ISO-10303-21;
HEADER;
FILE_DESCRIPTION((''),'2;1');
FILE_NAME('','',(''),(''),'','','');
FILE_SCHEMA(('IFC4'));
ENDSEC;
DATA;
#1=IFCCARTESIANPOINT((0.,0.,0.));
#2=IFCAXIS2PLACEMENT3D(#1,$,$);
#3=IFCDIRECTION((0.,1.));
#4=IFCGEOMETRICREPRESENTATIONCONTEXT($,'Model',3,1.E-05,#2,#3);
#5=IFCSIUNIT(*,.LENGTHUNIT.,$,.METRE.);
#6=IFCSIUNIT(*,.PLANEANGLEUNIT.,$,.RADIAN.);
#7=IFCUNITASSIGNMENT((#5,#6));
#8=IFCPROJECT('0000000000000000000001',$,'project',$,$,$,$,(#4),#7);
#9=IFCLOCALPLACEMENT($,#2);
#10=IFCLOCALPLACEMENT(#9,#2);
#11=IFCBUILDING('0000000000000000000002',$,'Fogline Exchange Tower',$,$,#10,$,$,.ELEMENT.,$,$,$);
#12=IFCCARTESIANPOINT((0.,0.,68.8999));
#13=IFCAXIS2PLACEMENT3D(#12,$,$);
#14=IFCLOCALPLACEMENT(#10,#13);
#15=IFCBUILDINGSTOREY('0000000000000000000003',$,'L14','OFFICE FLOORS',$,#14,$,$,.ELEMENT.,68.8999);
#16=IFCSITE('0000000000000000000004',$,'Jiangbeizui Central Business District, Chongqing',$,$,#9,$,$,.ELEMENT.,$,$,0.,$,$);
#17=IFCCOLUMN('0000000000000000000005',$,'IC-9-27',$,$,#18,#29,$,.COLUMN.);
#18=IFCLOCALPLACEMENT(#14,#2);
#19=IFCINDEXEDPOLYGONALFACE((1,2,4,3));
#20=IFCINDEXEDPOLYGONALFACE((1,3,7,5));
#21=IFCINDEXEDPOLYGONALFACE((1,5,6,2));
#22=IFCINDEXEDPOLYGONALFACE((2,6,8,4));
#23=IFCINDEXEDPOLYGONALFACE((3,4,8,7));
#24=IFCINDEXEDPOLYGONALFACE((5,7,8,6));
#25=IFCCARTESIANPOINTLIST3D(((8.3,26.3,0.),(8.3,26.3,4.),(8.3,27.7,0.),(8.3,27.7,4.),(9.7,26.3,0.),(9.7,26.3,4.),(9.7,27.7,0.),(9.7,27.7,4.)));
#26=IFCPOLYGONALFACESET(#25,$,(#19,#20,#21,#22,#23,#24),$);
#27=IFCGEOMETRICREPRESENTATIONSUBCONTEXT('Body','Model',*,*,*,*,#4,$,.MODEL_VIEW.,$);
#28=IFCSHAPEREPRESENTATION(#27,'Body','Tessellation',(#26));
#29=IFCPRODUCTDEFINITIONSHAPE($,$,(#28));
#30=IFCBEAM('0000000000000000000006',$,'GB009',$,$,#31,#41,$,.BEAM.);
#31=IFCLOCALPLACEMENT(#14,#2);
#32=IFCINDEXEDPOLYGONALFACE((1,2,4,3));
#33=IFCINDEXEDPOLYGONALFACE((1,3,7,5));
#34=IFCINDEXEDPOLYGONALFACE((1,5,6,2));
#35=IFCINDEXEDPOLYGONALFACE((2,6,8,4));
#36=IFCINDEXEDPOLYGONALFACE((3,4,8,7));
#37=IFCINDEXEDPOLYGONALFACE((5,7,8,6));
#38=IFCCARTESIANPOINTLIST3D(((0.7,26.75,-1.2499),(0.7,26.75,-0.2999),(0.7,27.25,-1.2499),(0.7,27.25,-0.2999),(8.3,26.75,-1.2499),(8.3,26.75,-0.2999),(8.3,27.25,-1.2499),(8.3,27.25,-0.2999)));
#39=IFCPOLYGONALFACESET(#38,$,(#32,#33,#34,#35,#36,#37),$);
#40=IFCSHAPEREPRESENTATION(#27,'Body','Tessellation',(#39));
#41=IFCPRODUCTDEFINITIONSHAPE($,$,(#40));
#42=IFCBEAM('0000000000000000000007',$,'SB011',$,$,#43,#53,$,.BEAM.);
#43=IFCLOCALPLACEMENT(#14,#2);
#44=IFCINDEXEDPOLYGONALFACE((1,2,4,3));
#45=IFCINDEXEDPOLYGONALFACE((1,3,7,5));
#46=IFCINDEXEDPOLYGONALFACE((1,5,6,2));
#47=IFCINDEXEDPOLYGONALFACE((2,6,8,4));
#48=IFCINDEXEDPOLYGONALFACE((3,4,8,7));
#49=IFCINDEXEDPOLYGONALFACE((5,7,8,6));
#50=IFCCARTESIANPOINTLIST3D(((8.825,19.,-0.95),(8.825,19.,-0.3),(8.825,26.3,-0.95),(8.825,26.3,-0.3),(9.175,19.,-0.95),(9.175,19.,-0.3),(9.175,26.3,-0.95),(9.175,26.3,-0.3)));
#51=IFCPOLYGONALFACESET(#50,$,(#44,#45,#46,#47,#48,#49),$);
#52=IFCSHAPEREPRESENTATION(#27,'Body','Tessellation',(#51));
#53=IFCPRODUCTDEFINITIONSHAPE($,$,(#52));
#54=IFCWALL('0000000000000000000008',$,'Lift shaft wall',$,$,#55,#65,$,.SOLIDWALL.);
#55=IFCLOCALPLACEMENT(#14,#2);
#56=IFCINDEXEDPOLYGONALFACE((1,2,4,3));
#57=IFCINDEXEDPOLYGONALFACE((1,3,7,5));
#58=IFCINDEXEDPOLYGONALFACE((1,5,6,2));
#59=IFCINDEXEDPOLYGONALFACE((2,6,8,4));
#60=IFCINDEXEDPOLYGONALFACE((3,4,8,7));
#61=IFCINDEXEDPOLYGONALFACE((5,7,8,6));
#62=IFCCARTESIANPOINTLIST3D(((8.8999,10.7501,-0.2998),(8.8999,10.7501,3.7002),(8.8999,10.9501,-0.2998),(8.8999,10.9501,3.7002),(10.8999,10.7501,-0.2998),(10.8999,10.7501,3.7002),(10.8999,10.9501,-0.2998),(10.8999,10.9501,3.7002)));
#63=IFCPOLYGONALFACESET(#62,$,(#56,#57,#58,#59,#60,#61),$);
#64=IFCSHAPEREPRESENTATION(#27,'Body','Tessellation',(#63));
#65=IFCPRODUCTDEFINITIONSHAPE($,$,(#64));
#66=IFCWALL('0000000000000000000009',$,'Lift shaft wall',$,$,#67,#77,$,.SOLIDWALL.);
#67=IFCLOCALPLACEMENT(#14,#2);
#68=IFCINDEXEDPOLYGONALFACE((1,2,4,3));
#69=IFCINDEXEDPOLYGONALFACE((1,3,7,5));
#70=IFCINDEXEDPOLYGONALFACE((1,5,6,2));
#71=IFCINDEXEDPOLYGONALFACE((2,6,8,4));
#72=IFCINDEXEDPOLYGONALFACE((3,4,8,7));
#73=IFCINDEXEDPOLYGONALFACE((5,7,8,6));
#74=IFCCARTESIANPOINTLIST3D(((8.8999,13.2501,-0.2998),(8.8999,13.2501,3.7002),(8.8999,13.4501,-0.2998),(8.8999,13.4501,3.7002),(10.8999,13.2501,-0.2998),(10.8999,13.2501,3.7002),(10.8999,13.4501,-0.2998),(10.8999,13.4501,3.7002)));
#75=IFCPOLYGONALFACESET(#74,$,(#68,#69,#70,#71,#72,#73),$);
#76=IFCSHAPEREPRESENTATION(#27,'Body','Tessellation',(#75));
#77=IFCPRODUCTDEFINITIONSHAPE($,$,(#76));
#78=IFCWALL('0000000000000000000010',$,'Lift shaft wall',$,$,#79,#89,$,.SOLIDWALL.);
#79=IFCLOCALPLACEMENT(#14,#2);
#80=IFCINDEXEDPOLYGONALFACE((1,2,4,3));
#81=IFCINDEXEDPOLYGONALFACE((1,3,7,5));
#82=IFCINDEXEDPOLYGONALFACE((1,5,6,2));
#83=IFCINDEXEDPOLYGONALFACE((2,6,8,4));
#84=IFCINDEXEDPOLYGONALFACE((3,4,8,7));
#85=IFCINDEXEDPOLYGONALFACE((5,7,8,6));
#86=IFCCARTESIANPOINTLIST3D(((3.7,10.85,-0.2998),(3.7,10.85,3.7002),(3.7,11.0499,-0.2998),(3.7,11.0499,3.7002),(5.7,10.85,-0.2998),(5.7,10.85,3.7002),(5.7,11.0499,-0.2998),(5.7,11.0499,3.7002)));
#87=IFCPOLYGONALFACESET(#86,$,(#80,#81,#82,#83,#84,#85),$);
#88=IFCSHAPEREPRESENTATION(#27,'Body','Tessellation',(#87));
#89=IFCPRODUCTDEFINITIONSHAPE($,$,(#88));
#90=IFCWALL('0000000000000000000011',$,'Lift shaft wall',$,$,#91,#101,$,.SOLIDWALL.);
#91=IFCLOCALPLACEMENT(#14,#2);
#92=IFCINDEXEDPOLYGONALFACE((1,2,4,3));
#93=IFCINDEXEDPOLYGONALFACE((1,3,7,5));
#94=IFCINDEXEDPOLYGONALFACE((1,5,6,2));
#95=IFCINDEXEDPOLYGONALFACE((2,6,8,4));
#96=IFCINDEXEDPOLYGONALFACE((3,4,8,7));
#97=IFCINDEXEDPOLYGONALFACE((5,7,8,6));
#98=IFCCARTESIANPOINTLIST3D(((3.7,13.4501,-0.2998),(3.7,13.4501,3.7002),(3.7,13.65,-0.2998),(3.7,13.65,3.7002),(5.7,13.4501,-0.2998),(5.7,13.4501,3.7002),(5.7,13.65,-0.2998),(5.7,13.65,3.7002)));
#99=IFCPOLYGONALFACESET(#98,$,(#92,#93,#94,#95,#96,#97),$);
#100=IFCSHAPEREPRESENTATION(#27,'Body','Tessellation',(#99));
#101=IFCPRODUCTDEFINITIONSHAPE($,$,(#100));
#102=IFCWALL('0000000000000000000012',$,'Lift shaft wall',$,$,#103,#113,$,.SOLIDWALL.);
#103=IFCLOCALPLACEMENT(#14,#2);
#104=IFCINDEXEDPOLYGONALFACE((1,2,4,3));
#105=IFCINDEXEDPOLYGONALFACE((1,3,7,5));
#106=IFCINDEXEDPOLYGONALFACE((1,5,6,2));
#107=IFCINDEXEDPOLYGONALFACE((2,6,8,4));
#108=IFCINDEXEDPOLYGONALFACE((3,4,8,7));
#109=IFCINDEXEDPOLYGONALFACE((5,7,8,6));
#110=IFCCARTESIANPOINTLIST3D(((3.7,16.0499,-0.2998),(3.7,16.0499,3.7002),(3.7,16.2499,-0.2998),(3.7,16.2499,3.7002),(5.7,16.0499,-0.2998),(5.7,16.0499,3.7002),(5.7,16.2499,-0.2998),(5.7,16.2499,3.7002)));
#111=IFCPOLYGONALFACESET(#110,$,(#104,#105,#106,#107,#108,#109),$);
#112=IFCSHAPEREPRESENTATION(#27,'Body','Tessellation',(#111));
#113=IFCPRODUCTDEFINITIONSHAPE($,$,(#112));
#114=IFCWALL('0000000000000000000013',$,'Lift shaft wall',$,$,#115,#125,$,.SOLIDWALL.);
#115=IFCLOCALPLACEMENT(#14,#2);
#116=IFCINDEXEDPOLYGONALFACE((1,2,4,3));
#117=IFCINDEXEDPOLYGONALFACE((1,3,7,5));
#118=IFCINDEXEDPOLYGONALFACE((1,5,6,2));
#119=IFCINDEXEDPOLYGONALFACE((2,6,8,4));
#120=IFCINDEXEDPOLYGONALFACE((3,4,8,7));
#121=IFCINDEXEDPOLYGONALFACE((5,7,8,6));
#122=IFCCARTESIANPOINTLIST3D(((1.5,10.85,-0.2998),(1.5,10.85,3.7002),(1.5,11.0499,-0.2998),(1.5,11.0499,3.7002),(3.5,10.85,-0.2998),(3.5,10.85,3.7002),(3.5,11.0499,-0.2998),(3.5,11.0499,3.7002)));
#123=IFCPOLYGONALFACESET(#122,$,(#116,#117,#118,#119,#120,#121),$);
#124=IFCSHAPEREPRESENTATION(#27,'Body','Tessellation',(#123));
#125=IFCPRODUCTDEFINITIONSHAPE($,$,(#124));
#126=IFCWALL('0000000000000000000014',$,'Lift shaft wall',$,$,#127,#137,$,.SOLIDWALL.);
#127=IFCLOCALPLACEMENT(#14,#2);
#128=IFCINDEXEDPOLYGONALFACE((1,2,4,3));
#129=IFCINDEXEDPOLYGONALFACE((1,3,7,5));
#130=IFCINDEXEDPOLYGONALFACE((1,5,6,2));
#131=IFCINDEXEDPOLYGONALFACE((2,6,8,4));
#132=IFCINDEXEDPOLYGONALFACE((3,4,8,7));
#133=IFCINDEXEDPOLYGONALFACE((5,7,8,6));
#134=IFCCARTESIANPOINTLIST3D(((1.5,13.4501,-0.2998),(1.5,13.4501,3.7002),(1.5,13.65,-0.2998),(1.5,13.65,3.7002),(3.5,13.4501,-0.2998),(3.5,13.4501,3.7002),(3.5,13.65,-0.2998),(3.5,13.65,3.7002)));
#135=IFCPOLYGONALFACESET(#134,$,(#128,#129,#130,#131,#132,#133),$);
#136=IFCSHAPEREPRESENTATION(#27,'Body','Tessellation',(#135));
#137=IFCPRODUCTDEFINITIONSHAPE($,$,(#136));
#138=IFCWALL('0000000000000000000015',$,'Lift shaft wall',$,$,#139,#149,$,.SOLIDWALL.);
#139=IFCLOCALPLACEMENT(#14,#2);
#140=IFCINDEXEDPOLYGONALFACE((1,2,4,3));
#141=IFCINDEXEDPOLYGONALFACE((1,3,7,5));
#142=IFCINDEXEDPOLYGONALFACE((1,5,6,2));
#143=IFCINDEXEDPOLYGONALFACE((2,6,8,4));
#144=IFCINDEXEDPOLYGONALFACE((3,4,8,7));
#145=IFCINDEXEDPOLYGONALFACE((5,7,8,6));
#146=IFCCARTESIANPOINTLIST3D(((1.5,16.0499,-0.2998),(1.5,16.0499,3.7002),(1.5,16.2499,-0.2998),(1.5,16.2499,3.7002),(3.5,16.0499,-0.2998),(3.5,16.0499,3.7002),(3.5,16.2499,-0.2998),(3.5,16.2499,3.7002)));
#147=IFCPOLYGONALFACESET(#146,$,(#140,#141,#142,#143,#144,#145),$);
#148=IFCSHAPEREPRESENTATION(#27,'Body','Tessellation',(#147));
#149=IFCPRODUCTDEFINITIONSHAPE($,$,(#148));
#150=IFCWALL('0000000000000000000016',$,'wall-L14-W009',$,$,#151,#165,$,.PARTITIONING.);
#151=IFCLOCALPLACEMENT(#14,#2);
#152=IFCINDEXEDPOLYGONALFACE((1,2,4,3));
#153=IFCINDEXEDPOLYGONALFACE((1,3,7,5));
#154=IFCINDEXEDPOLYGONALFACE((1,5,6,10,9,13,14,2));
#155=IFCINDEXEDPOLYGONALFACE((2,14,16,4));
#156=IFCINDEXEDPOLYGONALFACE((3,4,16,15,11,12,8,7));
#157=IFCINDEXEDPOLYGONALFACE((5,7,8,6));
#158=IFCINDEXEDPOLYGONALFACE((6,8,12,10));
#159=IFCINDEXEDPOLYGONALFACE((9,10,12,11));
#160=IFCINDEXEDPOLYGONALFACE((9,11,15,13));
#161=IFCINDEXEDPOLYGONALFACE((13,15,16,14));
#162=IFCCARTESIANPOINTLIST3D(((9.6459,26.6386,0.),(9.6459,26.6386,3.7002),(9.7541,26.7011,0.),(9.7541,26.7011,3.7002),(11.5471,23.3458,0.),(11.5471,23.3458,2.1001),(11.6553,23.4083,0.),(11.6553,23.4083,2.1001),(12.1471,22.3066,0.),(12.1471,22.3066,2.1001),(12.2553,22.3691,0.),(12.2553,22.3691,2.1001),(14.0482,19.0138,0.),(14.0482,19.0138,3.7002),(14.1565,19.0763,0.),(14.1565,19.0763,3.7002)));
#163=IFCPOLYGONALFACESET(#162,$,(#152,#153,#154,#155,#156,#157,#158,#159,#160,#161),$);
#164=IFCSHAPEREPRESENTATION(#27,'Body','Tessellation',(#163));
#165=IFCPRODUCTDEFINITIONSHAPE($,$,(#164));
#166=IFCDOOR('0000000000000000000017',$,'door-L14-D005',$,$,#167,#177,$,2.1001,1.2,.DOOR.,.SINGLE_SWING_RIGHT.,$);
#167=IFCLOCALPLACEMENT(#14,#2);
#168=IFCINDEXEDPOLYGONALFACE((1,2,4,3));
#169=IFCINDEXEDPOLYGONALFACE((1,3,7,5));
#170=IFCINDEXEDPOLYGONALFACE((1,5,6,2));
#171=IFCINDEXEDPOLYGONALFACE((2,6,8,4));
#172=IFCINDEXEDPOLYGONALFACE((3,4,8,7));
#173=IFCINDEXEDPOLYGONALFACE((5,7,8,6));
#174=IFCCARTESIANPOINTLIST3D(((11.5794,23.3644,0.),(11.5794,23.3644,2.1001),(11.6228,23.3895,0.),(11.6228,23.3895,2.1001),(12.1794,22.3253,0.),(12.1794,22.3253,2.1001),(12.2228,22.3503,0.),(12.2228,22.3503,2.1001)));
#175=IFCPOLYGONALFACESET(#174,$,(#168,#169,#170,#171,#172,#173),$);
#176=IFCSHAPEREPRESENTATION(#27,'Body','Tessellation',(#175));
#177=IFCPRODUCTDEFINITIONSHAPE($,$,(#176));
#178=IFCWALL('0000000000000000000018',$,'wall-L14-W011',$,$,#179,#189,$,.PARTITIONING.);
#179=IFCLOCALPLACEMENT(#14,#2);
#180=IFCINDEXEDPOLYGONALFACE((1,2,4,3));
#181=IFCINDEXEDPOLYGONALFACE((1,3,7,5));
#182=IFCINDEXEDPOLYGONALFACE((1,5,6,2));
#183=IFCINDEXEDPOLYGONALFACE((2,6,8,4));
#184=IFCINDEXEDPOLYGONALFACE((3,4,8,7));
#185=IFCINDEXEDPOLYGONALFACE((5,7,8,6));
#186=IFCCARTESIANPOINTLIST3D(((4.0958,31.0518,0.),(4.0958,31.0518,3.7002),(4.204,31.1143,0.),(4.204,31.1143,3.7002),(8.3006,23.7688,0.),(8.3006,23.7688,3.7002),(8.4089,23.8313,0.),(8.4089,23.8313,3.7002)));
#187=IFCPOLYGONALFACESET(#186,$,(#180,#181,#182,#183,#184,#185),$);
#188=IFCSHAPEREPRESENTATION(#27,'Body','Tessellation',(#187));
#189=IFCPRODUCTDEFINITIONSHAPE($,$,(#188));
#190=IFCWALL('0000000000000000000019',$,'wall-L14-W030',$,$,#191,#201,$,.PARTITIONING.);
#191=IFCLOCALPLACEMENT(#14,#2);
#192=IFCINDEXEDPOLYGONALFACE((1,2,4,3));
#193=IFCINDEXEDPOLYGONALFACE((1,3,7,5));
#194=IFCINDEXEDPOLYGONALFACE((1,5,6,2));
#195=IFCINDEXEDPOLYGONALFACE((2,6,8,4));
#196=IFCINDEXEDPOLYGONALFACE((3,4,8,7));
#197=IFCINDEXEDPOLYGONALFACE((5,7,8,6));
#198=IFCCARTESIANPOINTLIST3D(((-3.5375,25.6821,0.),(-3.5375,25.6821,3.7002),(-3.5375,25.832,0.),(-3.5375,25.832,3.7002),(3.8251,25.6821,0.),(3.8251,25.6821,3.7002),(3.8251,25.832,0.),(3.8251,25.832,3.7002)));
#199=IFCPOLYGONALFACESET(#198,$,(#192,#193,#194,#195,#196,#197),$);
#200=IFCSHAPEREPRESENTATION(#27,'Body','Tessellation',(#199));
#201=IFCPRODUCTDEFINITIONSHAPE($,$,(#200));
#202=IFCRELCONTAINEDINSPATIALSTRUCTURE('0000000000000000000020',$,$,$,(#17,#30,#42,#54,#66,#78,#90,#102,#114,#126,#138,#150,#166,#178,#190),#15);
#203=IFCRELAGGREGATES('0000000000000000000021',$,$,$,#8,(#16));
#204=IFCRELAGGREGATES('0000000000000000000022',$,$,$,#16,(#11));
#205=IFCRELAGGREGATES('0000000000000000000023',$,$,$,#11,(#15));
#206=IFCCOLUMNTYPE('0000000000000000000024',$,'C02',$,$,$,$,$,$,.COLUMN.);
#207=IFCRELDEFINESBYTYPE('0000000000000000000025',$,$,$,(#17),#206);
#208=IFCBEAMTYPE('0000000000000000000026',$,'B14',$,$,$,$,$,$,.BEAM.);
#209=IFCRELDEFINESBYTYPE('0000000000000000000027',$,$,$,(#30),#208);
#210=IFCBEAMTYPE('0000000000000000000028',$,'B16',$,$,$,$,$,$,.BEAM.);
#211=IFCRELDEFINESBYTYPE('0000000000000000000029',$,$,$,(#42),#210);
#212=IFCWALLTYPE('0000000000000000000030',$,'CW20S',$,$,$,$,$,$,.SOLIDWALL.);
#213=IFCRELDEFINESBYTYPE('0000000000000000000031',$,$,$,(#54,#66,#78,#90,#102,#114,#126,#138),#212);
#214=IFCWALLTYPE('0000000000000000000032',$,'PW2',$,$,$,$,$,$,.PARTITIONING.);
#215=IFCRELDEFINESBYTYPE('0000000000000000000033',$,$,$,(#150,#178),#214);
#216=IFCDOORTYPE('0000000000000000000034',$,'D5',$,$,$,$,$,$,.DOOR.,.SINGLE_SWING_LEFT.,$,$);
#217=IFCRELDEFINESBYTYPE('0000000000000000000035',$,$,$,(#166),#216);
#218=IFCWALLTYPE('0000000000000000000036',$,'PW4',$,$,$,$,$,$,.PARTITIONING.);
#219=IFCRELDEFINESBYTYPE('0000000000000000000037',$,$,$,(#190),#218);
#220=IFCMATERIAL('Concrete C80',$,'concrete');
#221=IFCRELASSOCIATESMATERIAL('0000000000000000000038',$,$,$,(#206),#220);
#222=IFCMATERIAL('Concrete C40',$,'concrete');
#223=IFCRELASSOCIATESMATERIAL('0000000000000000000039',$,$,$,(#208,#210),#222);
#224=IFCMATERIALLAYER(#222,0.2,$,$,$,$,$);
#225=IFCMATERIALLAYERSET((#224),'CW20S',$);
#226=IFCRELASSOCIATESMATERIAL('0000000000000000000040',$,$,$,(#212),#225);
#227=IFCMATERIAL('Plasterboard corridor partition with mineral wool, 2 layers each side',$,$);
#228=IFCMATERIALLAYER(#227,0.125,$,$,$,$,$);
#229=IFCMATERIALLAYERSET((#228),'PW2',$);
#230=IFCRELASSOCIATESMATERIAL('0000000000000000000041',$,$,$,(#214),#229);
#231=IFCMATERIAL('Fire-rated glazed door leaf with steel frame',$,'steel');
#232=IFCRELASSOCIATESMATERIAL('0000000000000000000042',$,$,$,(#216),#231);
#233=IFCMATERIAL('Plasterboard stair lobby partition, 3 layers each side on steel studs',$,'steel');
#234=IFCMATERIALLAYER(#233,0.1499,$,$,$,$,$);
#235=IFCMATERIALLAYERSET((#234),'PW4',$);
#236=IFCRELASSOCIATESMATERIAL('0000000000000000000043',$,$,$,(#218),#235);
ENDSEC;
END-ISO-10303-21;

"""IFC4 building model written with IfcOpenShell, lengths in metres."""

from ifc_helpers import new_model, si_unit, direction, frame, frame_2d, origin, origin_2d, place, context, subcontext, project, spatial, rectangle, extrude, material, layer, layer_set, material_profile, profile_set, type_object, element, fill, save


model = new_model("IFC4")

# Units and contexts
model_context = context("Model", 3, precision=1e-05, world=origin(), true_north=direction((0.0, 1.0)))
body_context = subcontext(model_context, "Body", "Model", "MODEL_VIEW")
ifc_project = project(units=[si_unit("LENGTHUNIT", "METRE"), si_unit("PLANEANGLEUNIT", "RADIAN")], contexts=[model_context])

# Site, building, storey
site_placement = place(None, origin())
site = spatial("IfcSite", under=ifc_project, at=site_placement, Name="Jiangbeizui Central Business District, Chongqing", CompositionType="ELEMENT", RefElevation=0.0)
building_placement = place(site_placement, origin())
building = spatial("IfcBuilding", under=site, at=building_placement, Name="Fogline Exchange Tower", CompositionType="ELEMENT")
storey_placement = place(building_placement, frame((0.0, 0.0, 68.8999)))
storey = spatial("IfcBuildingStorey", under=building, at=storey_placement, Name="L14", Description="OFFICE FLOORS", CompositionType="ELEMENT", Elevation=68.8999)

# Column
ifc_material_1 = material(Name="Concrete C80", Category="concrete")
ifc_material_profile_1 = material_profile(ifc_material_1, rectangle(XDim=1.3999, YDim=1.3999, at=origin_2d()), Name="RC 1400x1400")
ifc_profile_set_1 = profile_set([ifc_material_profile_1], Name="Concrete C80")
column_type = type_object("IfcColumnType", Name="C02", PredefinedType="COLUMN", material=ifc_profile_set_1)
column_placement = place(storey_placement, frame((9.0, 27.0, 0.0), z_axis=(0.0, 0.0, 1.0), x_axis=(1.0, 0.0, 0.0)))
element("IfcColumn", 1, at=column_placement, inside=storey, type_object=column_type, Name="IC-9-27", PredefinedType="COLUMN", context=body_context, shape_type="SweptSolid", body=[
    extrude(rectangle(XDim=1.3999, YDim=1.3999, at=origin_2d()), origin(), (0.0, 0.0, 1.0), 4.0),
])

# Beams
ifc_material_2 = material(Name="Concrete C40", Category="concrete")
ifc_material_profile_2 = material_profile(ifc_material_2, rectangle(XDim=0.5, YDim=0.95, at=origin_2d()), Name="RC 500x950")
ifc_profile_set_2 = profile_set([ifc_material_profile_2], Name="Concrete C40")
beam_type_1 = type_object("IfcBeamType", Name="B14", PredefinedType="BEAM", material=ifc_profile_set_2)
beam_1_placement = place(storey_placement, frame((0.7, 27.0, -0.7749), z_axis=(1.0, 0.0, 0.0), x_axis=(0.0, 1.0, 0.0)))
element("IfcBeam", 2, at=beam_1_placement, inside=storey, type_object=beam_type_1, Name="GB009", PredefinedType="BEAM", context=body_context, shape_type="SweptSolid", body=[
    extrude(rectangle(XDim=0.5, YDim=0.95, at=origin_2d()), origin(), (0.0, 0.0, 1.0), 7.6001),
])
ifc_material_profile_3 = material_profile(ifc_material_2, rectangle(XDim=0.3501, YDim=0.6499, at=origin_2d()), Name="RC 350x650")
ifc_profile_set_3 = profile_set([ifc_material_profile_3], Name="Concrete C40")
beam_type_2 = type_object("IfcBeamType", Name="B16", PredefinedType="BEAM", material=ifc_profile_set_3)
beam_2_placement = place(storey_placement, frame((9.0, 19.0, -0.625), z_axis=(0.0, 1.0, 0.0), x_axis=(-1.0, 0.0, 0.0)))
element("IfcBeam", 3, at=beam_2_placement, inside=storey, type_object=beam_type_2, Name="SB011", PredefinedType="BEAM", context=body_context, shape_type="SweptSolid", body=[
    extrude(rectangle(XDim=0.3501, YDim=0.6499, at=origin_2d()), origin(), (0.0, 0.0, 1.0), 7.3),
])

# Walls
ifc_layer_1 = layer(ifc_material_2, 0.2)
ifc_layer_set_1 = layer_set([ifc_layer_1], Name="CW20S")
wall_type_1 = type_object("IfcWallType", Name="CW20S", PredefinedType="SOLIDWALL", material=ifc_layer_set_1)
for number, where, z_axis, x_axis, name in (
    (4, (8.8999, 10.8501, -0.2998), (0.0, 0.0, 1.0), (1.0, 0.0, 0.0), "Lift shaft wall"),
    (5, (8.8999, 13.3501, -0.2998), (0.0, 0.0, 1.0), (1.0, 0.0, 0.0), "Lift shaft wall"),
    (6, (3.7, 10.95, -0.2998), (0.0, 0.0, 1.0), (1.0, 0.0, 0.0), "Lift shaft wall"),
    (7, (3.7, 13.55, -0.2998), (0.0, 0.0, 1.0), (1.0, 0.0, 0.0), "Lift shaft wall"),
    (8, (3.7, 16.1499, -0.2998), (0.0, 0.0, 1.0), (1.0, 0.0, 0.0), "Lift shaft wall"),
    (9, (1.5, 10.95, -0.2998), (0.0, 0.0, 1.0), (1.0, 0.0, 0.0), "Lift shaft wall"),
    (10, (1.5, 13.55, -0.2998), (0.0, 0.0, 1.0), (1.0, 0.0, 0.0), "Lift shaft wall"),
    (11, (1.5, 16.1499, -0.2998), (0.0, 0.0, 1.0), (1.0, 0.0, 0.0), "Lift shaft wall"),
):
    element("IfcWall", number, at=place(storey_placement, frame(where, z_axis=z_axis, x_axis=x_axis)), inside=storey, type_object=wall_type_1, Name=name, PredefinedType="SOLIDWALL", context=body_context, shape_type="SweptSolid", body=[
        extrude(rectangle(XDim=2.0, YDim=0.2, at=frame_2d((1.0, 0.0))), origin(), (0.0, 0.0, 1.0), 4.0),
    ])

# Wall, opening, door
ifc_material_3 = material(Name="Plasterboard corridor partition with mineral wool, 2 layers each side")
ifc_layer_2 = layer(ifc_material_3, 0.125)
ifc_layer_set_2 = layer_set([ifc_layer_2], Name="PW2")
wall_type_2 = type_object("IfcWallType", Name="PW2", PredefinedType="PARTITIONING", material=ifc_layer_set_2)
wall_1_placement = place(storey_placement, frame((9.7, 26.6699, 0.0), z_axis=(0.0, 0.0, 1.0), x_axis=(0.500016, -0.866016, 0.0)))
wall_1 = element("IfcWall", 12, at=wall_1_placement, inside=storey, type_object=wall_type_2, Name="wall-L14-W009", PredefinedType="PARTITIONING", context=body_context, shape_type="SweptSolid", body=[
    extrude(rectangle(XDim=8.8044, YDim=0.125, at=frame_2d((4.4023, 0.0))), origin(), (0.0, 0.0, 1.0), 3.7002),
])
opening_1_placement = place(wall_1_placement, frame((3.8022, 0.0, 0.0)))
opening_1 = element("IfcOpeningElement", 13, at=opening_1_placement, cuts=wall_1, PredefinedType="OPENING", context=body_context, shape_type="SweptSolid", body=[
    extrude(rectangle(XDim=1.2, YDim=2.1001, at=frame_2d((0.6001, 1.05))), frame((0.0, 0.0725, 0.0), z_axis=(0.0, -1.0, 0.0), x_axis=(1.0, 0.0, 0.0)), (0.0, 0.0, 1.0), 0.145),
])
ifc_material_4 = material(Name="Fire-rated glazed door leaf with steel frame", Category="steel")
door_type_1 = type_object("IfcDoorType", Name="D5", OperationType="SINGLE_SWING_LEFT", PredefinedType="DOOR", material=ifc_material_4)
door_1_placement = place(opening_1_placement, origin())
door_1 = element("IfcDoor", 14, at=door_1_placement, inside=storey, type_object=door_type_1, Name="door-L14-D005", OperationType="SINGLE_SWING_RIGHT", OverallHeight=2.1001, OverallWidth=1.2, PredefinedType="DOOR", context=body_context, shape_type="SweptSolid", body=[
    extrude(rectangle(XDim=1.2, YDim=2.1001, at=frame_2d((0.6001, 1.05))), frame((0.0, 0.0249, 0.0), z_axis=(0.0, -1.0, 0.0), x_axis=(1.0, 0.0, 0.0)), (0.0, 0.0, 1.0), 0.05),
])
fill(opening_1, door_1)

# Walls
wall_2_placement = place(storey_placement, frame((8.3547, 23.8, 0.0), z_axis=(0.0, 0.0, 1.0), x_axis=(-0.500001, 0.866025, 0.0)))
element("IfcWall", 15, at=wall_2_placement, inside=storey, type_object=wall_type_2, Name="wall-L14-W011", PredefinedType="PARTITIONING", context=body_context, shape_type="SweptSolid", body=[
    extrude(rectangle(XDim=8.4097, YDim=0.125, at=frame_2d((4.2048, 0.0))), origin(), (0.0, 0.0, 1.0), 3.7002),
])
ifc_material_5 = material(Name="Plasterboard stair lobby partition, 3 layers each side on steel studs", Category="steel")
ifc_layer_3 = layer(ifc_material_5, 0.1499)
ifc_layer_set_3 = layer_set([ifc_layer_3], Name="PW4")
wall_type_3 = type_object("IfcWallType", Name="PW4", PredefinedType="PARTITIONING", material=ifc_layer_set_3)
wall_3_placement = place(storey_placement, frame((3.825, 25.7571, 0.0), z_axis=(0.0, 0.0, 1.0), x_axis=(-1.0, 0.0, 0.0)))
element("IfcWall", 16, at=wall_3_placement, inside=storey, type_object=wall_type_3, Name="wall-L14-W030", PredefinedType="PARTITIONING", context=body_context, shape_type="SweptSolid", body=[
    extrude(rectangle(XDim=7.3625, YDim=0.1499, at=frame_2d((3.6812, 0.0))), origin(), (0.0, 0.0, 1.0), 3.7002),
])

save(model, "model.ifc")
